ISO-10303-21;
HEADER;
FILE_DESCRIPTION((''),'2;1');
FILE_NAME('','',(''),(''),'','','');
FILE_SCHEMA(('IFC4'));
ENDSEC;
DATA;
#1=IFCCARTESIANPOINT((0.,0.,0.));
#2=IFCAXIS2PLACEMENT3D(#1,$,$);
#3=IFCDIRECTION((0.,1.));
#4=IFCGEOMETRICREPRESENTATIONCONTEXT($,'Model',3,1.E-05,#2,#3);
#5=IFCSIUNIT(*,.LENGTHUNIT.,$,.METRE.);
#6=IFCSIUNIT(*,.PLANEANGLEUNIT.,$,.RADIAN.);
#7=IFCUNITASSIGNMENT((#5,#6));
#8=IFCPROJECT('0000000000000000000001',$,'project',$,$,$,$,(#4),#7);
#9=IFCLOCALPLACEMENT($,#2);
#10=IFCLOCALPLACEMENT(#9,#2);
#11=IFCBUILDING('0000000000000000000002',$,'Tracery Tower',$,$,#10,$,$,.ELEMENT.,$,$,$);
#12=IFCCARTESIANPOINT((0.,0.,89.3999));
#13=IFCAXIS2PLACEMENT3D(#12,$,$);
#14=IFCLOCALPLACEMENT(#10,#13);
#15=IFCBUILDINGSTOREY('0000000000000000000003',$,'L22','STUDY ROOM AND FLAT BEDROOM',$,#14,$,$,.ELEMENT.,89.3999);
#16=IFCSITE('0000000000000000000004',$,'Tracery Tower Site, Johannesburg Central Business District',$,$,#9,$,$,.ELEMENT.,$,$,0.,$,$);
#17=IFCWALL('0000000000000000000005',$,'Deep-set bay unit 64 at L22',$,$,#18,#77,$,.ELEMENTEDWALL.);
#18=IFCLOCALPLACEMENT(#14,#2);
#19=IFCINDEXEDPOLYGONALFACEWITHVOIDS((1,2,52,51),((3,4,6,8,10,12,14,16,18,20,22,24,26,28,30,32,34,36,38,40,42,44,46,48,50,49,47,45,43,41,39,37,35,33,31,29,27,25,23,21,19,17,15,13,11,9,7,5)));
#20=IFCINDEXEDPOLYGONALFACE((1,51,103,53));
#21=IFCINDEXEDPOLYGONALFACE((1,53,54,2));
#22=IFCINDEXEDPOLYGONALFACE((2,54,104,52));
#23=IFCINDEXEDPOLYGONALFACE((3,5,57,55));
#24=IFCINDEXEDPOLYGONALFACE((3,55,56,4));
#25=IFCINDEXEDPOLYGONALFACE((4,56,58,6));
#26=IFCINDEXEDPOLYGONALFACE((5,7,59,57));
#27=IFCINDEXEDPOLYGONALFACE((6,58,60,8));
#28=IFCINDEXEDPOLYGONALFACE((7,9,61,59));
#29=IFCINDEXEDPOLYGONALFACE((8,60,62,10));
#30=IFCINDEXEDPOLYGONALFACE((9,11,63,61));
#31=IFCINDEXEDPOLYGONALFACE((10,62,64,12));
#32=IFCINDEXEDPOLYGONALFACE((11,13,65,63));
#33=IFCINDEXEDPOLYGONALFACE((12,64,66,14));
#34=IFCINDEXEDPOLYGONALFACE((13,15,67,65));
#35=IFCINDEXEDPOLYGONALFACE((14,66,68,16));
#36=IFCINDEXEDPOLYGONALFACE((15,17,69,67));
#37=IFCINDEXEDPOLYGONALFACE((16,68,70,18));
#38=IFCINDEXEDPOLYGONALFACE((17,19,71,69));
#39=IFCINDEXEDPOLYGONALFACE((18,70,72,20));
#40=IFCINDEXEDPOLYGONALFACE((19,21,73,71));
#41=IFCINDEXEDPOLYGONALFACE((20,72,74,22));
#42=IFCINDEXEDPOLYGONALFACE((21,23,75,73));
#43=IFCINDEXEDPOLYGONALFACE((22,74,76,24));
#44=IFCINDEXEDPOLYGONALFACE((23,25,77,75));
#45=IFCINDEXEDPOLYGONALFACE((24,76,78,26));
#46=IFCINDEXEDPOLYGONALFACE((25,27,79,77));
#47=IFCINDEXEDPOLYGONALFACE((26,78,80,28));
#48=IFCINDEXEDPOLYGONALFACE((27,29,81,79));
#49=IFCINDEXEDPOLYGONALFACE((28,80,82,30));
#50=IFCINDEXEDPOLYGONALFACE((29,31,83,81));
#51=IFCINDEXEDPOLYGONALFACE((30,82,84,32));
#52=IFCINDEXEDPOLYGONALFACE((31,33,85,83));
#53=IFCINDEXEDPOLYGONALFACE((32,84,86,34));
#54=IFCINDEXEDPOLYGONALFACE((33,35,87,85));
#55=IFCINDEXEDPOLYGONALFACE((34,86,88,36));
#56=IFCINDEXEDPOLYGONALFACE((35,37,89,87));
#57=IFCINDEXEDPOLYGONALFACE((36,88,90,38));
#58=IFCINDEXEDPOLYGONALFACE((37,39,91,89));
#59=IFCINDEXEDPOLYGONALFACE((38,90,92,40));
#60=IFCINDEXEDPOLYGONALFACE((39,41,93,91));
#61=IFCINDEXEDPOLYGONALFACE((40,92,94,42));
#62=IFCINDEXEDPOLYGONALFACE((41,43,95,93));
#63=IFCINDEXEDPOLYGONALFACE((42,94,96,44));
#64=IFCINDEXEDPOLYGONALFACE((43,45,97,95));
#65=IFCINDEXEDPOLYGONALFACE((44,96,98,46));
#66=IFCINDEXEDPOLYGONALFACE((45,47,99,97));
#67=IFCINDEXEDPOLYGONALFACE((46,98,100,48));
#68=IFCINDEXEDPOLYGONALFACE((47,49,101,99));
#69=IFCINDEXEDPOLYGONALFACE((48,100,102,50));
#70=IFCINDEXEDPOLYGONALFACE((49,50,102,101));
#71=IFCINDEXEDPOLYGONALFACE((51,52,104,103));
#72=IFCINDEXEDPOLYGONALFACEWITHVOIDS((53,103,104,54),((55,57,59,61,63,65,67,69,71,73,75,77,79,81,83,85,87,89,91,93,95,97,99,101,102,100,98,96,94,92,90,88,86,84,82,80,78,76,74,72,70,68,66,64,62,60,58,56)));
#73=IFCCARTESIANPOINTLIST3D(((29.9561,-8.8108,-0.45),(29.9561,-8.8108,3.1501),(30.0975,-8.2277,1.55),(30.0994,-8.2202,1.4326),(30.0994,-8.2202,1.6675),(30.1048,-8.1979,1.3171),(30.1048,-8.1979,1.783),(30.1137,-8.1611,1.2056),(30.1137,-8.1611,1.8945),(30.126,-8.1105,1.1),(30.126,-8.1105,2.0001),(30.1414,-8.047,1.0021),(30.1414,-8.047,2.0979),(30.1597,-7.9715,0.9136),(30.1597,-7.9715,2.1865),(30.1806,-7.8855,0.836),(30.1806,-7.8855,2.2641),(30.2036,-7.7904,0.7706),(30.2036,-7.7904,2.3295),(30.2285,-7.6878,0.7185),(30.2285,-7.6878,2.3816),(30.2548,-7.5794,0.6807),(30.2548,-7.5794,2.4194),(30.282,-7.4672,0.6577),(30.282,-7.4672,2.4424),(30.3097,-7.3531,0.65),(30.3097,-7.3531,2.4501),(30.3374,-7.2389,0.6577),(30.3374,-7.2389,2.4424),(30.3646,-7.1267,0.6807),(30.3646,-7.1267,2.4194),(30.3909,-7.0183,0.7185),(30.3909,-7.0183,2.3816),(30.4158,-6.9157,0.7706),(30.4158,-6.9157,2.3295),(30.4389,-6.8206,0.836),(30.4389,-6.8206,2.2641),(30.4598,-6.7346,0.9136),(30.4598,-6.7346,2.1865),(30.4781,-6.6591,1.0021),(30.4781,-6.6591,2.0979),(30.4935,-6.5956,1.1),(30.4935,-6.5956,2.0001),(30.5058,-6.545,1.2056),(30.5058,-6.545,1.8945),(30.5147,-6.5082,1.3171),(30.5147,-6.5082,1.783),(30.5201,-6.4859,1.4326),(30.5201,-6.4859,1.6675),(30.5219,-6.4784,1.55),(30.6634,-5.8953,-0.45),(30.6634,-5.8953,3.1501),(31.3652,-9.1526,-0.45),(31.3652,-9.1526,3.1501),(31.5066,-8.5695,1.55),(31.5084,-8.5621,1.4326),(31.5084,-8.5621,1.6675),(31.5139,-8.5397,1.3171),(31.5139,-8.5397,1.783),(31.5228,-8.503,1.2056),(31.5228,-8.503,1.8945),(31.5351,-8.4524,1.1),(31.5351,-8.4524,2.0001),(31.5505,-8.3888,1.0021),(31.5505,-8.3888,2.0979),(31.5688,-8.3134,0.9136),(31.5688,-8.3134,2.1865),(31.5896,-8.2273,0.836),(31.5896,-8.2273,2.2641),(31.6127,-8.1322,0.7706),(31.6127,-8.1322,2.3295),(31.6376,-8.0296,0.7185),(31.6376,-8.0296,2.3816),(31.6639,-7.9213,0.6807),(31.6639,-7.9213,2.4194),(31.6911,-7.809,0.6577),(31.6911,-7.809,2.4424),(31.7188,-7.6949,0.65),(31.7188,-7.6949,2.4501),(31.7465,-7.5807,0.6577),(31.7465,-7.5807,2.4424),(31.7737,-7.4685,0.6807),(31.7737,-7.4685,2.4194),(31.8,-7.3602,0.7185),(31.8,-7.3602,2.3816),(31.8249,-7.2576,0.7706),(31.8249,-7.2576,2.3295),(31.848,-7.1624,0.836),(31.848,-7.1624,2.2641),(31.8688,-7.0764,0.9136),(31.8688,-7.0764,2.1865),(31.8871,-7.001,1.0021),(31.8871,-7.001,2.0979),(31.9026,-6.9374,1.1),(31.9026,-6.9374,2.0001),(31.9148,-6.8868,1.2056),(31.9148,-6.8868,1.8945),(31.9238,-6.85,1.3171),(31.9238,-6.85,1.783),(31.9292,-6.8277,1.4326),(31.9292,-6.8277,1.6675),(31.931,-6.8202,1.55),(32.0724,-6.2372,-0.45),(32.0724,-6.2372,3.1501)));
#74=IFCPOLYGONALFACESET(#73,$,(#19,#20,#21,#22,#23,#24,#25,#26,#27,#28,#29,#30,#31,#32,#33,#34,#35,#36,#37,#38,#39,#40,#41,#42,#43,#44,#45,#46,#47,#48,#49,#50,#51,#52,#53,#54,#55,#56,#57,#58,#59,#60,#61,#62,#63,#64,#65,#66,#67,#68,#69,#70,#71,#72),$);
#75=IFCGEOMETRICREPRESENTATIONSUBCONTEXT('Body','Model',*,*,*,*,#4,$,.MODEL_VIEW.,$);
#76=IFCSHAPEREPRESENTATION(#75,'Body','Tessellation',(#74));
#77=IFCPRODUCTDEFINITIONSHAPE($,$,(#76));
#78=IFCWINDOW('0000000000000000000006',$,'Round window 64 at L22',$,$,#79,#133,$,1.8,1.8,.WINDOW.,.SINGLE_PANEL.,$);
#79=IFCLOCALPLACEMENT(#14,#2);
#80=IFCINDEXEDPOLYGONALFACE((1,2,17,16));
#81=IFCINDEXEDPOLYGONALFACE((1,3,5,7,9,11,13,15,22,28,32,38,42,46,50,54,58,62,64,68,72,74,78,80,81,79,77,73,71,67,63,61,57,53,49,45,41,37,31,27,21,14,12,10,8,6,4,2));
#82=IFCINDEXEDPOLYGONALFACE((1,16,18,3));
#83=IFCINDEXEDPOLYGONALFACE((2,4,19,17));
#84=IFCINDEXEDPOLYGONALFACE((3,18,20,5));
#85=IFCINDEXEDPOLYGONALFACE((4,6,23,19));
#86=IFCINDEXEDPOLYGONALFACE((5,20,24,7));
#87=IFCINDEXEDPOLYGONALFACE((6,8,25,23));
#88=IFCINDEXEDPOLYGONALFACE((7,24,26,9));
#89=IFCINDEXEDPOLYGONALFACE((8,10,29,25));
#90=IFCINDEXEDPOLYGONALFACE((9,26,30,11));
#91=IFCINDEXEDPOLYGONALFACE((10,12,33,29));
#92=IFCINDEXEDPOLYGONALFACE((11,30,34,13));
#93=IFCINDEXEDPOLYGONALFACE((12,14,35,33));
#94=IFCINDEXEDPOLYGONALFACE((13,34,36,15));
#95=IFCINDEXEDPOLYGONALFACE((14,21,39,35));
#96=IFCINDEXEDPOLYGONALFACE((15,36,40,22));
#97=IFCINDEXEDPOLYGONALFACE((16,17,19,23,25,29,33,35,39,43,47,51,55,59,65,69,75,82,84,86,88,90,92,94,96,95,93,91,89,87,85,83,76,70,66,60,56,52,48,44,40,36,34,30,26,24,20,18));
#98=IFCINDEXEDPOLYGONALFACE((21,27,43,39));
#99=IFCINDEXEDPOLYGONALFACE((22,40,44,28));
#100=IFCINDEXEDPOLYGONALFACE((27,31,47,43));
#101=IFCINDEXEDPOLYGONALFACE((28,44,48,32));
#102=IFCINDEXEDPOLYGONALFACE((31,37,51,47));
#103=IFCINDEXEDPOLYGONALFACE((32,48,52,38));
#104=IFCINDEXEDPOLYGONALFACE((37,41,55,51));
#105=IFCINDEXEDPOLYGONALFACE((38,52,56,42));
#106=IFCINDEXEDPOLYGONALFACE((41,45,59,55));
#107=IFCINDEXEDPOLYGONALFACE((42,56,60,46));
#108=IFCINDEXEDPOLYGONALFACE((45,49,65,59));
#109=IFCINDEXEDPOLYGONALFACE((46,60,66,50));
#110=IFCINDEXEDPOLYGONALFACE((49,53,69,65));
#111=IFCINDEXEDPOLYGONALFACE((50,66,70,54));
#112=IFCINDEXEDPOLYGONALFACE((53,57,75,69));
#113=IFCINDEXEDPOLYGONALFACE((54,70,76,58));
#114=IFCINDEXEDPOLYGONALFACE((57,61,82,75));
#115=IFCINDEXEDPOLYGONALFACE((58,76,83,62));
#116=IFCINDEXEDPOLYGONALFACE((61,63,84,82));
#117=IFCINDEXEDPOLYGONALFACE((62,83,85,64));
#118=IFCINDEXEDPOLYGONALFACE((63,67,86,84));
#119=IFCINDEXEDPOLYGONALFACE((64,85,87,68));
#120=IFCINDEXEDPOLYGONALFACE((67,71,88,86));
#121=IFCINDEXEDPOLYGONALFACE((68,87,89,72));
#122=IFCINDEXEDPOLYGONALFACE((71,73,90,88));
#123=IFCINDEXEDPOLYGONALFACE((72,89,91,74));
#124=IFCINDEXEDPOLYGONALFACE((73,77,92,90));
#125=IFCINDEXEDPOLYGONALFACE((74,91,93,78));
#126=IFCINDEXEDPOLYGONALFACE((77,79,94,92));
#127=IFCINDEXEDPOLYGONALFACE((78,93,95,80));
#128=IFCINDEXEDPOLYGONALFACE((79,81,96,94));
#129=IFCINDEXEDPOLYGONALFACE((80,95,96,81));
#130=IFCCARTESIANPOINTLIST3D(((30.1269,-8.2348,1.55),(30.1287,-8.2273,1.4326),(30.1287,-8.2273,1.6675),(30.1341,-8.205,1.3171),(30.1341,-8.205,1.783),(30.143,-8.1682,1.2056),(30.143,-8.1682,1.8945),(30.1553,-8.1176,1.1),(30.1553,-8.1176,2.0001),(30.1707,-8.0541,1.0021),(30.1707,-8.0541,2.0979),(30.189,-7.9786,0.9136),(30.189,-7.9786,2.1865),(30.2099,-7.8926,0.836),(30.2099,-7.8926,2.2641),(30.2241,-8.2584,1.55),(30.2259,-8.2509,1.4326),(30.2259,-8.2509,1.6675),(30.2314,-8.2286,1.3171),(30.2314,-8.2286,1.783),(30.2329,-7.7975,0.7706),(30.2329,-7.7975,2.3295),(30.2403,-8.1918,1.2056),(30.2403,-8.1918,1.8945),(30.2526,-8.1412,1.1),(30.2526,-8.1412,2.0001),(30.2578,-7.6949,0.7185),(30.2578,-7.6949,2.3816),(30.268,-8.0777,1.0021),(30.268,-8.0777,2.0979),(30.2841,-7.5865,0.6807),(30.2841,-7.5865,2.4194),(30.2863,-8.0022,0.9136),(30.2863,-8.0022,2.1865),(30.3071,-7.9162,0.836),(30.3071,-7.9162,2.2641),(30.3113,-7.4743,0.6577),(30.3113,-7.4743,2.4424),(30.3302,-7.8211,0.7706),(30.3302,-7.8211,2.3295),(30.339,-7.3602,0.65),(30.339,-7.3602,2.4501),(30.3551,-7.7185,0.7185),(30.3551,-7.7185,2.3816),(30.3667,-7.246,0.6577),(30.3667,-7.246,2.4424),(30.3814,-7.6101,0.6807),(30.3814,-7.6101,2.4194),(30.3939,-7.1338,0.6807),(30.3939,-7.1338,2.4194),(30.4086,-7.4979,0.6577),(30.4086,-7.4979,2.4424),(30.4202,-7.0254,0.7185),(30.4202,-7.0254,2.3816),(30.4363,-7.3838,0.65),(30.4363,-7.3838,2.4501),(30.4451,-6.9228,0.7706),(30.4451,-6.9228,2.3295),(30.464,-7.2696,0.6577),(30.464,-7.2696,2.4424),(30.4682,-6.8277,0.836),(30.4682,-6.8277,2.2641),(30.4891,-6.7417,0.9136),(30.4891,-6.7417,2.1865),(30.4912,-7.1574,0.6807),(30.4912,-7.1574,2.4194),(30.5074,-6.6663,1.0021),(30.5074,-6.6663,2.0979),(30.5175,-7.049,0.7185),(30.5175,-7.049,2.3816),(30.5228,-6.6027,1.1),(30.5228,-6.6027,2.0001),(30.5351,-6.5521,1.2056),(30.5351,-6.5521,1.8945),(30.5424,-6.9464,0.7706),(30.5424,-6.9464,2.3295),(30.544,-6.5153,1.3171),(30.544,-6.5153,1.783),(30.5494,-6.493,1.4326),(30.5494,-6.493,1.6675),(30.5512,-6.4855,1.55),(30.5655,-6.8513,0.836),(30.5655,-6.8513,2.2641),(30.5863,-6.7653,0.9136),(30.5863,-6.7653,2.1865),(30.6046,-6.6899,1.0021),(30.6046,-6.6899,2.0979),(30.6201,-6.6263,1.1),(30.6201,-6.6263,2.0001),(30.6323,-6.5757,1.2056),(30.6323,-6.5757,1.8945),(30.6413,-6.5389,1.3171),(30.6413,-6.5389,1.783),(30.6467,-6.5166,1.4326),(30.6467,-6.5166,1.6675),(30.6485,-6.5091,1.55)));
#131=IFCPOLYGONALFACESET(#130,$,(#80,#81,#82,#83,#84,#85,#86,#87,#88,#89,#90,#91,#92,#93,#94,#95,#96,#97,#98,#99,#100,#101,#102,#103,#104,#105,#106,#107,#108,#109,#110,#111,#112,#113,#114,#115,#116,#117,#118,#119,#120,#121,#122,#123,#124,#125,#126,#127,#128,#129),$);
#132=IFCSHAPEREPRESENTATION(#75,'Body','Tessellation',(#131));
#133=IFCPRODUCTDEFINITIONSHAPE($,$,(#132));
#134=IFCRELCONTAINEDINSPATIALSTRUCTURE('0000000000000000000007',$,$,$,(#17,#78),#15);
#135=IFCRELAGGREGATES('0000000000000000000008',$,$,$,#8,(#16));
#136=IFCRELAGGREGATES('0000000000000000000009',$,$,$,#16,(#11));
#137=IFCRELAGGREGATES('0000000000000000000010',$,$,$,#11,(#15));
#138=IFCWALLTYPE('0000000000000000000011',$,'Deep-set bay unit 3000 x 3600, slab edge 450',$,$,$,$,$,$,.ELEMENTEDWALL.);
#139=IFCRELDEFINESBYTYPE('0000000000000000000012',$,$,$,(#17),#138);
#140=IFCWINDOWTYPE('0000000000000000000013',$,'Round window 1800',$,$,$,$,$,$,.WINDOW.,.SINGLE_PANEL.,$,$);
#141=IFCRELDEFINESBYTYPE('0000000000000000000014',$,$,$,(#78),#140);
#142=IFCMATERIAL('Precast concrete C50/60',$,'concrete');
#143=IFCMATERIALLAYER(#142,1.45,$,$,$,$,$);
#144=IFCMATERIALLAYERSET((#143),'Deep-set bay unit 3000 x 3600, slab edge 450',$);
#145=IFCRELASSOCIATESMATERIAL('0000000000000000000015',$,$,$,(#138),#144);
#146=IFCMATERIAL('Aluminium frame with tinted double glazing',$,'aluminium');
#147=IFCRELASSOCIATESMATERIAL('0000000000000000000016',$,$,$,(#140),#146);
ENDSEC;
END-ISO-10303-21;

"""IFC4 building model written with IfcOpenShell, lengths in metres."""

from ifc_helpers import new_model, si_unit, direction, frame, frame_2d, origin, origin_2d, place, context, subcontext, project, spatial, rectangle, circle, extrude, material, layer, layer_set, type_object, element, fill, save


model = new_model("IFC4")

# Units and contexts
model_context = context("Model", 3, precision=1e-05, world=origin(), true_north=direction((0.0, 1.0)))
body_context = subcontext(model_context, "Body", "Model", "MODEL_VIEW")
ifc_project = project(units=[si_unit("LENGTHUNIT", "METRE"), si_unit("PLANEANGLEUNIT", "RADIAN")], contexts=[model_context])

# Site, building, storey
site_placement = place(None, origin())
site = spatial("IfcSite", under=ifc_project, at=site_placement, Name="Tracery Tower Site, Johannesburg Central Business District", CompositionType="ELEMENT", RefElevation=0.0)
building_placement = place(site_placement, origin())
building = spatial("IfcBuilding", under=site, at=building_placement, Name="Tracery Tower", CompositionType="ELEMENT")
storey_placement = place(building_placement, frame((0.0, 0.0, 89.3999)))
storey = spatial("IfcBuildingStorey", under=building, at=storey_placement, Name="L22", Description="STUDY ROOM AND FLAT BEDROOM", CompositionType="ELEMENT", Elevation=89.3999)

# Wall, opening, window
ifc_material_1 = material(Name="Precast concrete C50/60", Category="concrete")
ifc_layer_1 = layer(ifc_material_1, 1.45)
ifc_layer_set_1 = layer_set([ifc_layer_1], Name="Deep-set bay unit 3000 x 3600, slab edge 450")
wall_type_1 = type_object("IfcWallType", Name="Deep-set bay unit 3000 x 3600, slab edge 450", PredefinedType="ELEMENTEDWALL", material=ifc_layer_set_1)
wall_1_placement = place(storey_placement, frame((30.6606, -8.9817, -0.45), z_axis=(0.0, 0.0, 1.0), x_axis=(0.235751, 0.971813, 0.0)))
wall_1 = element("IfcWall", 1, at=wall_1_placement, inside=storey, type_object=wall_type_1, Name="Deep-set bay unit 64 at L22", PredefinedType="ELEMENTEDWALL", context=body_context, shape_type="SweptSolid", body=[
    extrude(rectangle(XDim=3.0, YDim=1.45, at=frame_2d((1.5, 0.0))), origin(), (0.0, 0.0, 1.0), 3.6001),
])
opening_1_placement = place(wall_1_placement, frame((1.5, 0.0, 2.0)))
opening_1 = element("IfcOpeningElement", 2, at=opening_1_placement, cuts=wall_1, PredefinedType="OPENING", context=body_context, shape_type="SweptSolid", body=[
    extrude(circle(Radius=0.9, at=origin_2d()), frame((0.0, 0.7349, 0.0), z_axis=(0.0, -1.0, 0.0), x_axis=(1.0, 0.0, 0.0)), (0.0, 0.0, 1.0), 1.47),
])
ifc_material_2 = material(Name="Aluminium frame with tinted double glazing", Category="aluminium")
window_type = type_object("IfcWindowType", Name="Round window 1800", PartitioningType="SINGLE_PANEL", PredefinedType="WINDOW", material=ifc_material_2)
window_1_placement = place(opening_1_placement, origin())
window_1 = element("IfcWindow", 3, at=window_1_placement, inside=storey, type_object=window_type, Name="Round window 64 at L22", OverallHeight=1.8, OverallWidth=1.8, PartitioningType="SINGLE_PANEL", PredefinedType="WINDOW", context=body_context, shape_type="SweptSolid", body=[
    extrude(circle(Radius=0.9, at=origin_2d()), frame((0.0, 0.6948, 0.0), z_axis=(0.0, -1.0, 0.0), x_axis=(1.0, 0.0, 0.0)), (0.0, 0.0, 1.0), 0.1001),
])
fill(opening_1, window_1)

save(model, "model.ifc")
